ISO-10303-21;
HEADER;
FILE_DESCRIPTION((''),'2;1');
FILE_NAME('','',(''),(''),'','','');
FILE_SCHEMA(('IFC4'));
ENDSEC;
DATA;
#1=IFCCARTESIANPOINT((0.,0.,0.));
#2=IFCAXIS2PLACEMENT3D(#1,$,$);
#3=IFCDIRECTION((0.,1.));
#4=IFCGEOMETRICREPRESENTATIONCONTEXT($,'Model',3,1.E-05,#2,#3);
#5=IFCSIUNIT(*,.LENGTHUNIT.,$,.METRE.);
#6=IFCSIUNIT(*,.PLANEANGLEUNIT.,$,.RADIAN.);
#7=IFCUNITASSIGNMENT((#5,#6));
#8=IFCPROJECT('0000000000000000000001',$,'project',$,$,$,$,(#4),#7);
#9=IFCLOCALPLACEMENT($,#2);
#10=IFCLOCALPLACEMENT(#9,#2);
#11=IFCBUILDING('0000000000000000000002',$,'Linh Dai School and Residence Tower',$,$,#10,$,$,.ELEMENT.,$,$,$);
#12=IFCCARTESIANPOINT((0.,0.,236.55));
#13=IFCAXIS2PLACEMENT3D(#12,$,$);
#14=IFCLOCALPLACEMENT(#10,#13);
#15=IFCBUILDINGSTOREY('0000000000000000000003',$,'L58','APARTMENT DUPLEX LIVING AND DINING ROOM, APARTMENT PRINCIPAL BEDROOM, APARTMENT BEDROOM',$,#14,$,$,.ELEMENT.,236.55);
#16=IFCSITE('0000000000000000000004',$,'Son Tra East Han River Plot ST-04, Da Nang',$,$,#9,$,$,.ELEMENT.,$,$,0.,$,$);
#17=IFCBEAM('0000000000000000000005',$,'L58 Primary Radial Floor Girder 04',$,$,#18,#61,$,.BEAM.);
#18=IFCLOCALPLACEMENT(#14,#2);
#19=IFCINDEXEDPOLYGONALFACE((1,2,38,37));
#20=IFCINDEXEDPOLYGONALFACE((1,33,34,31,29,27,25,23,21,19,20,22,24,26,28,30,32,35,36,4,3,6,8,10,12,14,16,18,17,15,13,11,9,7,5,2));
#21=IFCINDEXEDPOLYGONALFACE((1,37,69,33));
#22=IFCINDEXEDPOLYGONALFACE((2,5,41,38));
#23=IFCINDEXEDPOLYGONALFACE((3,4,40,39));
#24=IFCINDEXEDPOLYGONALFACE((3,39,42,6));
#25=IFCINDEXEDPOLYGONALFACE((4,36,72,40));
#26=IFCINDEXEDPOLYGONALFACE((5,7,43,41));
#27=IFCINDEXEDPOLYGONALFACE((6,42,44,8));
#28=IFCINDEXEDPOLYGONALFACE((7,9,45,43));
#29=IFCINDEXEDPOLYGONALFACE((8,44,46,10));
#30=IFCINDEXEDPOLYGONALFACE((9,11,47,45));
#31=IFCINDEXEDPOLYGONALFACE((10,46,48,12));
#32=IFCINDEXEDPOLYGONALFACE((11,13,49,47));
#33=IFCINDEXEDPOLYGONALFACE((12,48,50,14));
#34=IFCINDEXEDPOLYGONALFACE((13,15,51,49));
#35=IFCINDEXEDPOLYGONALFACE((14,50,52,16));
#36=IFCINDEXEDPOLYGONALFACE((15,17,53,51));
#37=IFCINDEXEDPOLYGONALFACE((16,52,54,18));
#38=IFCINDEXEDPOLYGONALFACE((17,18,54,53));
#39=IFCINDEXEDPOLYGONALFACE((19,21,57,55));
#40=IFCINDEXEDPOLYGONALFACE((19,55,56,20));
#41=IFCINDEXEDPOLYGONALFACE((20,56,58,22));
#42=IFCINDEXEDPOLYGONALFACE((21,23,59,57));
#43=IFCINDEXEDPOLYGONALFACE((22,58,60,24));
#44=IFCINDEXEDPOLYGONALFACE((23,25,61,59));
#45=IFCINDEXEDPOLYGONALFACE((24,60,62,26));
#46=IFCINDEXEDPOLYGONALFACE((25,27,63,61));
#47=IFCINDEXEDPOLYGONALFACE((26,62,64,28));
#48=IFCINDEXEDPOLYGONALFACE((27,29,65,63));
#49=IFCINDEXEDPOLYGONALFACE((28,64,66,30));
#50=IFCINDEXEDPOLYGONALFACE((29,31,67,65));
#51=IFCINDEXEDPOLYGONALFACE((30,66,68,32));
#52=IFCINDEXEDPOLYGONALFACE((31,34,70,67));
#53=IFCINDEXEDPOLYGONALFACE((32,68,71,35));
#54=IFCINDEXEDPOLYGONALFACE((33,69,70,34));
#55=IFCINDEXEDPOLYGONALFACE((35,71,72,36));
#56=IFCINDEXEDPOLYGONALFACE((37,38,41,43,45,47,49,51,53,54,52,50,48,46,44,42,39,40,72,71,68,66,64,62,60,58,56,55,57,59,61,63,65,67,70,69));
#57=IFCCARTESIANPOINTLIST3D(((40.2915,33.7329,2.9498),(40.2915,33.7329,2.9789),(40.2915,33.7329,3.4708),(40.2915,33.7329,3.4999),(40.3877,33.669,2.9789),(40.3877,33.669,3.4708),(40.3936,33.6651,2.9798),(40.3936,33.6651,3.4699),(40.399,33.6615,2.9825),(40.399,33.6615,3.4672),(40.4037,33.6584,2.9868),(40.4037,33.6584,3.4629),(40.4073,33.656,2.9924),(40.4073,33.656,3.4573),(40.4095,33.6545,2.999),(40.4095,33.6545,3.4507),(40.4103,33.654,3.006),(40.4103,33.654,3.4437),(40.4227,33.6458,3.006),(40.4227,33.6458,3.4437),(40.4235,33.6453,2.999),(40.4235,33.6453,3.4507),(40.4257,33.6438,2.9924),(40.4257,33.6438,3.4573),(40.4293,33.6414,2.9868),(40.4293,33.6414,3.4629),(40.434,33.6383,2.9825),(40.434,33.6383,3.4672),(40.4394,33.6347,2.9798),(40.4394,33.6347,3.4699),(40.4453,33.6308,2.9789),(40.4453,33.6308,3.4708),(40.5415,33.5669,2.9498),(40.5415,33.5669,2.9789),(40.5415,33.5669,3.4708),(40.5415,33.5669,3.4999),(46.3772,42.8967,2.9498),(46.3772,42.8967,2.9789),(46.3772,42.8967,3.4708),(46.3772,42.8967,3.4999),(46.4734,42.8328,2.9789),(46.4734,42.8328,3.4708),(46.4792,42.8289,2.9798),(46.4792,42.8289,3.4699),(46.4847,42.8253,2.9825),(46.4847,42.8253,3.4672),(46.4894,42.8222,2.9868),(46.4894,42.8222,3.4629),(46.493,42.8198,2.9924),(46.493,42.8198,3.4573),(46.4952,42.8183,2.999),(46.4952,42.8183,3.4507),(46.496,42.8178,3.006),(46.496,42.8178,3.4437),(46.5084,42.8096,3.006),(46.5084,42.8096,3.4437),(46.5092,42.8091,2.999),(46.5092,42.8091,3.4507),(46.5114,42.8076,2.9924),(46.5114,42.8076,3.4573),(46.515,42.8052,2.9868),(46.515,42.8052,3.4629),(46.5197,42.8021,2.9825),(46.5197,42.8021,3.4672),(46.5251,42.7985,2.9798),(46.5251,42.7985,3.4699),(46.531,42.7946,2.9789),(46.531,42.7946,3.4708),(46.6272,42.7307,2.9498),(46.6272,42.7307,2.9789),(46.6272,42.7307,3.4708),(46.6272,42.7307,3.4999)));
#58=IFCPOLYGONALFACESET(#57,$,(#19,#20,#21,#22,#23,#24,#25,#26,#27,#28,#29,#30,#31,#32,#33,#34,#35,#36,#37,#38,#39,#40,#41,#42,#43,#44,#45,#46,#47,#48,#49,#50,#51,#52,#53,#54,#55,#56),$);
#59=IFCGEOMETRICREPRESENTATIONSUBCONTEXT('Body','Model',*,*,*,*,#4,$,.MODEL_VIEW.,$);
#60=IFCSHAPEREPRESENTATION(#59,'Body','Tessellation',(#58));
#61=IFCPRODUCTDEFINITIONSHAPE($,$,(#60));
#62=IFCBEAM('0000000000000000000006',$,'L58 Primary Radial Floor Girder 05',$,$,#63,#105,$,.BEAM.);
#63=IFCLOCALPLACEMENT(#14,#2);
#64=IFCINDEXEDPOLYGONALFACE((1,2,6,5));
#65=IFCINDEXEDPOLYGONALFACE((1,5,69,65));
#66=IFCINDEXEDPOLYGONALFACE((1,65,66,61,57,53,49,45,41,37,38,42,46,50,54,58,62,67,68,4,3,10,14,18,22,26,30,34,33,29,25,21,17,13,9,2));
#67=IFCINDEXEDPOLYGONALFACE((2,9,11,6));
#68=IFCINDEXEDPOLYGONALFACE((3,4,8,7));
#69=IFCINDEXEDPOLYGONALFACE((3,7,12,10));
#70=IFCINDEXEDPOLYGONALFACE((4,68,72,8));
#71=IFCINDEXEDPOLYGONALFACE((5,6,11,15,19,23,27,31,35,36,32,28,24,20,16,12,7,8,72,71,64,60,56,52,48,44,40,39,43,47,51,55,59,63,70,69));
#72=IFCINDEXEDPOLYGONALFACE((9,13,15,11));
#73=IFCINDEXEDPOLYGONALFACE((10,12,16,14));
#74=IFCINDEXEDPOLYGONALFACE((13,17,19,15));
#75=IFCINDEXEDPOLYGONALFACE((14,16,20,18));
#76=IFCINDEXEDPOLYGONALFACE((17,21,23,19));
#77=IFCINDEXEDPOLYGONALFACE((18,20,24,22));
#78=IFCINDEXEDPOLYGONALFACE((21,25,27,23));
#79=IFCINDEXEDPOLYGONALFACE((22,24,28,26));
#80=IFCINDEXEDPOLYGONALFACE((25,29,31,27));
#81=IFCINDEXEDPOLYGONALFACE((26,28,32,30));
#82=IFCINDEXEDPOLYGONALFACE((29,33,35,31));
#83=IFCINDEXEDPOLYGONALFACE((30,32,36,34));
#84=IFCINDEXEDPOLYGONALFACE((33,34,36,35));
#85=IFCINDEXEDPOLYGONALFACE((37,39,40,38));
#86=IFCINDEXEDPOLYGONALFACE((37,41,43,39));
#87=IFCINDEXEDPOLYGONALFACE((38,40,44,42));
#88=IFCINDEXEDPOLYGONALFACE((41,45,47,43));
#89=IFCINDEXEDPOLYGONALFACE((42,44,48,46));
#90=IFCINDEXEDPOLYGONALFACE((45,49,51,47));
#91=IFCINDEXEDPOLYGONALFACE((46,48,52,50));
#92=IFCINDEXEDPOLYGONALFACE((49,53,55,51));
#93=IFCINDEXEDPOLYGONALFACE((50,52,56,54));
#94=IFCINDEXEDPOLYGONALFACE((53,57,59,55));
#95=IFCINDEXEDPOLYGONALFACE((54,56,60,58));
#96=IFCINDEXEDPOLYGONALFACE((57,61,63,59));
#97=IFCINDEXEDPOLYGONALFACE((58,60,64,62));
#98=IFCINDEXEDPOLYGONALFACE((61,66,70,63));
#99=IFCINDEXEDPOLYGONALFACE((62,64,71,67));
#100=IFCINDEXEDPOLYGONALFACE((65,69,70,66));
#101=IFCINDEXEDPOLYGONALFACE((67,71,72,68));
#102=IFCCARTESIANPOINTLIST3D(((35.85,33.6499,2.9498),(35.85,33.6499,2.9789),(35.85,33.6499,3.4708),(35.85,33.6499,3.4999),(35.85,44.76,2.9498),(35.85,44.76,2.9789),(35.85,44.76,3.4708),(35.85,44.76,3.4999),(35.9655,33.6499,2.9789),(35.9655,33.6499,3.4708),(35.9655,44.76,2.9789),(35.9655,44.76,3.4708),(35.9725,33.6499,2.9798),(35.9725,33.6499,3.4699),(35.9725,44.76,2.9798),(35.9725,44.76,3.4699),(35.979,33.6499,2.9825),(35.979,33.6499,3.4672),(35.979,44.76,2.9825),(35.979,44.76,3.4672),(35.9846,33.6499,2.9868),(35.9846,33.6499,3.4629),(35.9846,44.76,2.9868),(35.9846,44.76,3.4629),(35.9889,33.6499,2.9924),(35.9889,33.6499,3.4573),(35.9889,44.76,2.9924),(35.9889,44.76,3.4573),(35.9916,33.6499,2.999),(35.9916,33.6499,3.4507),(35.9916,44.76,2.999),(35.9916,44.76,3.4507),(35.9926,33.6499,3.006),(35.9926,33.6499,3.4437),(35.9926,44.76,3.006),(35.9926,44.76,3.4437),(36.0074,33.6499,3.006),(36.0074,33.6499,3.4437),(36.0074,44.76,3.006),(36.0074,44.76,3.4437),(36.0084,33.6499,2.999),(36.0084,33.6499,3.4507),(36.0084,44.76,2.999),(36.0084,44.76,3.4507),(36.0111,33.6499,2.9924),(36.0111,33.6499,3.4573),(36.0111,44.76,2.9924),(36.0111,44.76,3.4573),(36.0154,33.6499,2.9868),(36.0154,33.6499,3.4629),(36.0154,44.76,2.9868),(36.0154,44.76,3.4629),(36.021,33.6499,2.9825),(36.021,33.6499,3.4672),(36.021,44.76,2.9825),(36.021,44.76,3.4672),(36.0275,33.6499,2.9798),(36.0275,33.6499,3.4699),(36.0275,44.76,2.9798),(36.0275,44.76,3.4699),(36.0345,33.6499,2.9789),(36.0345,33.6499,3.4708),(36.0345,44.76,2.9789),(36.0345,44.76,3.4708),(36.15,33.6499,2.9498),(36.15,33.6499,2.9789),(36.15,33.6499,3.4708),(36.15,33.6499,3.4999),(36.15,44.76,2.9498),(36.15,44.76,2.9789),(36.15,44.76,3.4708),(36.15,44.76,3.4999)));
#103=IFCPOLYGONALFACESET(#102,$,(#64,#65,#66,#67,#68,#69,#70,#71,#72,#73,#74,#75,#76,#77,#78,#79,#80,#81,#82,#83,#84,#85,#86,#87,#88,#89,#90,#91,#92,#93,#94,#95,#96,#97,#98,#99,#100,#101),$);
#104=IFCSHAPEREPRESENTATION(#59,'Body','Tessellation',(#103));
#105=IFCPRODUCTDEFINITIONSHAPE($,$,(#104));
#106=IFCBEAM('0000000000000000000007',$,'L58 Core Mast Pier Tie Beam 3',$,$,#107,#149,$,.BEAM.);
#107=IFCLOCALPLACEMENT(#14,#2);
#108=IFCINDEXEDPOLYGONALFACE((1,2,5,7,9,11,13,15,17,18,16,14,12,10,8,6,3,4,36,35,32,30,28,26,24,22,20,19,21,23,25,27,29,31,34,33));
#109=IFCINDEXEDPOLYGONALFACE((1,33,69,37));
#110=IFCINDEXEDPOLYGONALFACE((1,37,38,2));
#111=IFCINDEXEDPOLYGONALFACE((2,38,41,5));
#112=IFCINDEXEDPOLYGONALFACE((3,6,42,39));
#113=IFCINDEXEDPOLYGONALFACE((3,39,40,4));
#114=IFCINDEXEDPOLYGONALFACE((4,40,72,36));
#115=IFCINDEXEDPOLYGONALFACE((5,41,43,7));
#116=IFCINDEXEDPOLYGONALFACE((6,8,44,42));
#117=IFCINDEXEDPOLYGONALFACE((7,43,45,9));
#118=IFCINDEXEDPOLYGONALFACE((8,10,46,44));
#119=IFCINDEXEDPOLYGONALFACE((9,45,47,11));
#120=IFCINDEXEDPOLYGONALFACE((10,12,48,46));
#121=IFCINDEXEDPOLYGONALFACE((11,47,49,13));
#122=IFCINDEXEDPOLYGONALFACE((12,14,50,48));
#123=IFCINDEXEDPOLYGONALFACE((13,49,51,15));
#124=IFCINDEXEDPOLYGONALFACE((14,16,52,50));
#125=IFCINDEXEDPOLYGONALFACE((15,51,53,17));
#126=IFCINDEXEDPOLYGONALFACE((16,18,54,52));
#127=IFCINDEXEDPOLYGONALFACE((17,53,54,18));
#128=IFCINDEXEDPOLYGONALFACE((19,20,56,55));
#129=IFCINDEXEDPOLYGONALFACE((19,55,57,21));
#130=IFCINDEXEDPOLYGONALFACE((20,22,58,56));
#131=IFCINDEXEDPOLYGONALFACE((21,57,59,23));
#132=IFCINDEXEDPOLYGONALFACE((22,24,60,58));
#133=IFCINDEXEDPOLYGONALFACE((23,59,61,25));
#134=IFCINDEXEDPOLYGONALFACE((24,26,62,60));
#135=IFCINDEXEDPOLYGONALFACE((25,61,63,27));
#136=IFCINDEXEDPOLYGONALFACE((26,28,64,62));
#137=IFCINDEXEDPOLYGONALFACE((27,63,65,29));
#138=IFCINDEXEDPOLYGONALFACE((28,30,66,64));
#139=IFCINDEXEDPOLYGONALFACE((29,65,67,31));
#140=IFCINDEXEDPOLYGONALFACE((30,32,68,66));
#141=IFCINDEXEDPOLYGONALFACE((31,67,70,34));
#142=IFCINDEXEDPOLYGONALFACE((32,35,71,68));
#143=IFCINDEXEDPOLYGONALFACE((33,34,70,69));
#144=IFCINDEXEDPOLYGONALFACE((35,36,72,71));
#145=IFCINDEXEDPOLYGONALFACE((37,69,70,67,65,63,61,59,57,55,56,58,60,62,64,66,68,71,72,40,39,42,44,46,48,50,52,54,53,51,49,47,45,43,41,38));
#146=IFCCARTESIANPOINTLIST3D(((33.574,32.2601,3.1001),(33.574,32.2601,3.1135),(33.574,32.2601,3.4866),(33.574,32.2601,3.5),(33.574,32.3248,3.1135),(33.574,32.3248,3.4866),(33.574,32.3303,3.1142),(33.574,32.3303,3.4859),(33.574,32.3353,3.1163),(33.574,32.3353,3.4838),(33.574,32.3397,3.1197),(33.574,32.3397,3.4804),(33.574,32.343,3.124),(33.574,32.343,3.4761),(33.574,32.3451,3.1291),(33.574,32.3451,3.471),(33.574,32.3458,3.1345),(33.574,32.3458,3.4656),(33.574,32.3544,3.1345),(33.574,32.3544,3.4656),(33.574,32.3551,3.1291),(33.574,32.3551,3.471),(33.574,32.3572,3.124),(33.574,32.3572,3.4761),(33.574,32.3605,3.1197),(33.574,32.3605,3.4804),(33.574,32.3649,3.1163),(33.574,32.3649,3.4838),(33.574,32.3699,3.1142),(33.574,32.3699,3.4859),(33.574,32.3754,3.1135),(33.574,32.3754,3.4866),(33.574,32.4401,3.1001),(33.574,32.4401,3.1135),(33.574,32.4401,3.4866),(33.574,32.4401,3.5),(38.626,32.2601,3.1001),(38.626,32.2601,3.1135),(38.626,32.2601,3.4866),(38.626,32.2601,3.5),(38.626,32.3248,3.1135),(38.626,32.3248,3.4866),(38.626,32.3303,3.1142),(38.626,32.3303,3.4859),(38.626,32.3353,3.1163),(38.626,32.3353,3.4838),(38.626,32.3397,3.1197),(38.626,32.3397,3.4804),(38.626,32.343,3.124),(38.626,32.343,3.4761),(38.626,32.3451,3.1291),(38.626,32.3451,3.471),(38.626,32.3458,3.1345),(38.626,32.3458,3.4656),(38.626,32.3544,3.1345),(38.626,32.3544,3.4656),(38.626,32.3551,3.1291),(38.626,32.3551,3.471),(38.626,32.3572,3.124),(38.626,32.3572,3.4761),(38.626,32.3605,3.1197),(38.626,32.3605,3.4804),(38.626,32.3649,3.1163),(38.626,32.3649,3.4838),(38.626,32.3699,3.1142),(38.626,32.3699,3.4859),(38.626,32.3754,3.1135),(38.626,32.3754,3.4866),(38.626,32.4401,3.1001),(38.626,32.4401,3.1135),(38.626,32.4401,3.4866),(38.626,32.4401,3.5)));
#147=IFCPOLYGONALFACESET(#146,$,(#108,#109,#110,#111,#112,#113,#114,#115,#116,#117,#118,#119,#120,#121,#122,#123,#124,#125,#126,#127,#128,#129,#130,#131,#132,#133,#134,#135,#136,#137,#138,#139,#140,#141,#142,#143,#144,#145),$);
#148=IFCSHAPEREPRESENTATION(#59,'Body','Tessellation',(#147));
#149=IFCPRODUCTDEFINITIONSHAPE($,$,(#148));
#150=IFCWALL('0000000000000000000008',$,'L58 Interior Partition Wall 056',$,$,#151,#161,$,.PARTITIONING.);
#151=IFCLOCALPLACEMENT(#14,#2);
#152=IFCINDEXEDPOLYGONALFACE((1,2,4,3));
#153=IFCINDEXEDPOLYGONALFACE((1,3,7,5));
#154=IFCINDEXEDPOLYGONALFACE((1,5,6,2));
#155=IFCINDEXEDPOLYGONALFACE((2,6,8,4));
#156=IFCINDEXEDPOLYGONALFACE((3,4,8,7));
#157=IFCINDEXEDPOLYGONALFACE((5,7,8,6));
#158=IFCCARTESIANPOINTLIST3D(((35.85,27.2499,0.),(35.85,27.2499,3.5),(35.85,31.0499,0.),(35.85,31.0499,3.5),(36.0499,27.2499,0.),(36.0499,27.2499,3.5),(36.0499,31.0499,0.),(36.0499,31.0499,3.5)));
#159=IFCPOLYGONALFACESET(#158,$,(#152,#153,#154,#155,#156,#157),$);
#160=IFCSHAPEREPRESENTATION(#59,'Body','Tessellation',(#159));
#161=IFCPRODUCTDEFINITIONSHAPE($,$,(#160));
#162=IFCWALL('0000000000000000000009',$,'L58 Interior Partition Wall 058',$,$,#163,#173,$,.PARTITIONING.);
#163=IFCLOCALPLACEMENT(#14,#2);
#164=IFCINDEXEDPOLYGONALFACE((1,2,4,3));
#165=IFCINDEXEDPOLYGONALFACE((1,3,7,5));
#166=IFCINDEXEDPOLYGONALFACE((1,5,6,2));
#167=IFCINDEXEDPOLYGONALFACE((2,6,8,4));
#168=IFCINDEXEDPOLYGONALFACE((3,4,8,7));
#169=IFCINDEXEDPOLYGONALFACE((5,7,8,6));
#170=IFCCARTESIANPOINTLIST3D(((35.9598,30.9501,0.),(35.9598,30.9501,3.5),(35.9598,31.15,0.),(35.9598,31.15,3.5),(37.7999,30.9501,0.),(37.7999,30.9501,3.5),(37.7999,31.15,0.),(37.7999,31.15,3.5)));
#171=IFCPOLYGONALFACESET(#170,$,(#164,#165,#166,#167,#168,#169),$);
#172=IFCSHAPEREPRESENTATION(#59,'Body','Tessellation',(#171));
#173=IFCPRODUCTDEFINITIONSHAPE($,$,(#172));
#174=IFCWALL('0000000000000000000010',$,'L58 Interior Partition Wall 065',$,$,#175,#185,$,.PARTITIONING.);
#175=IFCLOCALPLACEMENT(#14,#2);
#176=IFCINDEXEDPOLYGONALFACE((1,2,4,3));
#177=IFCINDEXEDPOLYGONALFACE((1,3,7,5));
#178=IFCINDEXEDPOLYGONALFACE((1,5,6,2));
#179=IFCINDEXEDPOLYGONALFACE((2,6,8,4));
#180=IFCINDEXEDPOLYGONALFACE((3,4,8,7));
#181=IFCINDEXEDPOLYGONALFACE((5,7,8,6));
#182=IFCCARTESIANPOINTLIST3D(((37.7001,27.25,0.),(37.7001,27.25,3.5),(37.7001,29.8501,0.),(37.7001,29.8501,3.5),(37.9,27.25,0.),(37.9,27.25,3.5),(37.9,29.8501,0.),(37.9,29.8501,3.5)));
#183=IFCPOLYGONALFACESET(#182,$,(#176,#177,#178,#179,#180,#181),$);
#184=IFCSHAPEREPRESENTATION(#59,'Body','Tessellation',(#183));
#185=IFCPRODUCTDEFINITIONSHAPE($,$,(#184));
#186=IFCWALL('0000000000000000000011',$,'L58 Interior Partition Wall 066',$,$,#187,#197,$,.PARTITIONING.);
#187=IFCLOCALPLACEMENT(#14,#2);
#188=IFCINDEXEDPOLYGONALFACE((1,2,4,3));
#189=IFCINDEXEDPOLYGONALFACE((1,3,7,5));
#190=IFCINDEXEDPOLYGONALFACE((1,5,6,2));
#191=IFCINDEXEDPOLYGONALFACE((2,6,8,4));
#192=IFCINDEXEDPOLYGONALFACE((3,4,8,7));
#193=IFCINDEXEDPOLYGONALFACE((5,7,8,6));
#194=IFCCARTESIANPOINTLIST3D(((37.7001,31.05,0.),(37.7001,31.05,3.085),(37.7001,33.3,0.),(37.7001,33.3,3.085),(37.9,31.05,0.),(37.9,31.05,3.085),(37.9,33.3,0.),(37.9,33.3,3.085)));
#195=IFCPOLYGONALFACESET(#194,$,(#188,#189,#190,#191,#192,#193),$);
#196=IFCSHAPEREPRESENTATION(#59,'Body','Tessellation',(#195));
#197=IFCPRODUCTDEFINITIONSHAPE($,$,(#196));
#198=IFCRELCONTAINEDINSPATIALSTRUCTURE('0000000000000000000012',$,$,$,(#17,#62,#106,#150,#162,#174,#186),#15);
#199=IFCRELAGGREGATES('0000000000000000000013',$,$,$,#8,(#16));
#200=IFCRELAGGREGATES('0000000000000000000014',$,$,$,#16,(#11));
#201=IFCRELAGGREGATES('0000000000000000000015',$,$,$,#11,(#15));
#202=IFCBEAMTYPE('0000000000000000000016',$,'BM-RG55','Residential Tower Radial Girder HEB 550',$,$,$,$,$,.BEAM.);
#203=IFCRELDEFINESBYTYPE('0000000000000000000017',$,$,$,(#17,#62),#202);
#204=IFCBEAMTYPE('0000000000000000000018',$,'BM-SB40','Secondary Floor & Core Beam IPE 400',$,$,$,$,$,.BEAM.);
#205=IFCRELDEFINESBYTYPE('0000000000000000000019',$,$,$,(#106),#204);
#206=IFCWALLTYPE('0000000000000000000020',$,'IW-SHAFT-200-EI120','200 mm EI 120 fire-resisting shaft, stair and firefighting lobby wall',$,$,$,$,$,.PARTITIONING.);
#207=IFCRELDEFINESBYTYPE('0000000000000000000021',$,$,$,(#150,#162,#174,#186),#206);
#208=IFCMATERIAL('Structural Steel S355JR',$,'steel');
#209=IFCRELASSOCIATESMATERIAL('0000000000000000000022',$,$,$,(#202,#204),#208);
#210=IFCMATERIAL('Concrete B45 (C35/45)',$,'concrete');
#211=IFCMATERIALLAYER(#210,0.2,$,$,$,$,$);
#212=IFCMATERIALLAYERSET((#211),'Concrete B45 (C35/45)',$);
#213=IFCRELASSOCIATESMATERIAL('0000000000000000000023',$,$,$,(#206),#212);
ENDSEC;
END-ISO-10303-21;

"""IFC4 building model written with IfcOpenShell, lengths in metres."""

from ifc_helpers import new_model, si_unit, direction, frame, frame_2d, origin, origin_2d, place, context, subcontext, project, spatial, rectangle, i_section, extrude, material, layer, layer_set, material_profile, profile_set, type_object, element, save


model = new_model("IFC4")

# Units and contexts
model_context = context("Model", 3, precision=1e-05, world=origin(), true_north=direction((0.0, 1.0)))
body_context = subcontext(model_context, "Body", "Model", "MODEL_VIEW")
ifc_project = project(units=[si_unit("LENGTHUNIT", "METRE"), si_unit("PLANEANGLEUNIT", "RADIAN")], contexts=[model_context])

# Site, building, storey
site_placement = place(None, origin())
site = spatial("IfcSite", under=ifc_project, at=site_placement, Name="Son Tra East Han River Plot ST-04, Da Nang", CompositionType="ELEMENT", RefElevation=0.0)
building_placement = place(site_placement, origin())
building = spatial("IfcBuilding", under=site, at=building_placement, Name="Linh Dai School and Residence Tower", CompositionType="ELEMENT")
storey_placement = place(building_placement, frame((0.0, 0.0, 236.55)))
storey = spatial("IfcBuildingStorey", under=building, at=storey_placement, Name="L58", Description="APARTMENT DUPLEX LIVING AND DINING ROOM, APARTMENT PRINCIPAL BEDROOM, APARTMENT BEDROOM", CompositionType="ELEMENT", Elevation=236.55)

# Shared definitions
ifc_material_1 = material(Name="Structural Steel S355JR", Category="steel")

# Beams
ifc_material_profile_1 = material_profile(ifc_material_1, i_section(OverallWidth=0.3, OverallDepth=0.55, WebThickness=0.0149, FlangeThickness=0.0291, FilletRadius=0.0271, at=origin_2d()), Name="HEB 550")
ifc_profile_set_1 = profile_set([ifc_material_profile_1], Name="Structural Steel S355JR")
beam_type_1 = type_object("IfcBeamType", Name="BM-RG55", Description="Residential Tower Radial Girder HEB 550", PredefinedType="BEAM", material=ifc_profile_set_1)
beam_1_placement = place(storey_placement, frame((40.4165, 33.6499, 3.2249), z_axis=(0.553219, 0.833036, 0.0), x_axis=(-0.833036, 0.553219, 0.0)))
element("IfcBeam", 1, at=beam_1_placement, inside=storey, type_object=beam_type_1, Name="L58 Primary Radial Floor Girder 04", PredefinedType="BEAM", context=body_context, shape_type="SweptSolid", body=[
    extrude(i_section(OverallWidth=0.3, OverallDepth=0.55, WebThickness=0.0149, FlangeThickness=0.0291, FilletRadius=0.0271, at=origin_2d()), origin(), (0.0, 0.0, 1.0), 11.0005),
])
beam_2_placement = place(storey_placement, frame((36.0, 33.6499, 3.2249), z_axis=(0.0, 1.0, 0.0), x_axis=(-1.0, 0.0, 0.0)))
element("IfcBeam", 2, at=beam_2_placement, inside=storey, type_object=beam_type_1, Name="L58 Primary Radial Floor Girder 05", PredefinedType="BEAM", context=body_context, shape_type="SweptSolid", body=[
    extrude(i_section(OverallWidth=0.3, OverallDepth=0.55, WebThickness=0.0149, FlangeThickness=0.0291, FilletRadius=0.0271, at=origin_2d()), origin(), (0.0, 0.0, 1.0), 11.1101),
])
ifc_material_profile_2 = material_profile(ifc_material_1, i_section(OverallWidth=0.1799, OverallDepth=0.3999, WebThickness=0.0085, FlangeThickness=0.0134, FilletRadius=0.021, at=origin_2d()), Name="IPE 400")
ifc_profile_set_2 = profile_set([ifc_material_profile_2], Name="Structural Steel S355JR")
beam_type_2 = type_object("IfcBeamType", Name="BM-SB40", Description="Secondary Floor & Core Beam IPE 400", PredefinedType="BEAM", material=ifc_profile_set_2)
beam_3_placement = place(storey_placement, frame((38.626, 32.3501, 3.3), z_axis=(-1.0, 0.0, 0.0), x_axis=(0.0, -1.0, 0.0)))
element("IfcBeam", 3, at=beam_3_placement, inside=storey, type_object=beam_type_2, Name="L58 Core Mast Pier Tie Beam 3", PredefinedType="BEAM", context=body_context, shape_type="SweptSolid", body=[
    extrude(i_section(OverallWidth=0.1799, OverallDepth=0.3999, WebThickness=0.0085, FlangeThickness=0.0134, FilletRadius=0.021, at=origin_2d()), origin(), (0.0, 0.0, 1.0), 5.052),
])

# Wall
ifc_material_2 = material(Name="Concrete B45 (C35/45)", Category="concrete")
ifc_layer_1 = layer(ifc_material_2, 0.2)
ifc_layer_set_1 = layer_set([ifc_layer_1], Name="Concrete B45 (C35/45)")
wall_type_1 = type_object("IfcWallType", Name="IW-SHAFT-200-EI120", Description="200 mm EI 120 fire-resisting shaft, stair and firefighting lobby wall", PredefinedType="PARTITIONING", material=ifc_layer_set_1)
wall_1_placement = place(storey_placement, frame((35.95, 27.25, 0.0), z_axis=(0.0, 0.0, 1.0), x_axis=(0.0, 1.0, 0.0)))
element("IfcWall", 4, at=wall_1_placement, inside=storey, type_object=wall_type_1, Name="L58 Interior Partition Wall 056", PredefinedType="PARTITIONING", context=body_context, shape_type="SweptSolid", body=[
    extrude(rectangle(XDim=3.8, YDim=0.2, at=frame_2d((1.8999, 0.0))), origin(), (0.0, 0.0, 1.0), 3.5),
])

# Walls
wall_2_placement = place(storey_placement, frame((35.96, 31.05, 0.0), z_axis=(0.0, 0.0, 1.0), x_axis=(1.0, 0.0, 0.0)))
element("IfcWall", 5, at=wall_2_placement, inside=storey, type_object=wall_type_1, Name="L58 Interior Partition Wall 058", PredefinedType="PARTITIONING", context=body_context, shape_type="SweptSolid", body=[
    extrude(rectangle(XDim=1.8401, YDim=0.2, at=frame_2d((0.9199, 0.0))), origin(), (0.0, 0.0, 1.0), 3.5),
])
wall_3_placement = place(storey_placement, frame((37.8, 27.25, 0.0), z_axis=(0.0, 0.0, 1.0), x_axis=(0.0, 1.0, 0.0)))
element("IfcWall", 6, at=wall_3_placement, inside=storey, type_object=wall_type_1, Name="L58 Interior Partition Wall 065", PredefinedType="PARTITIONING", context=body_context, shape_type="SweptSolid", body=[
    extrude(rectangle(XDim=2.6001, YDim=0.2, at=frame_2d((1.3, 0.0))), origin(), (0.0, 0.0, 1.0), 3.5),
])
wall_4_placement = place(storey_placement, frame((37.8, 31.05, 0.0), z_axis=(0.0, 0.0, 1.0), x_axis=(0.0, 1.0, 0.0)))
element("IfcWall", 7, at=wall_4_placement, inside=storey, type_object=wall_type_1, Name="L58 Interior Partition Wall 066", PredefinedType="PARTITIONING", context=body_context, shape_type="SweptSolid", body=[
    extrude(rectangle(XDim=2.25, YDim=0.2, at=frame_2d((1.125, 0.0))), origin(), (0.0, 0.0, 1.0), 3.085),
])

save(model, "model.ifc")
